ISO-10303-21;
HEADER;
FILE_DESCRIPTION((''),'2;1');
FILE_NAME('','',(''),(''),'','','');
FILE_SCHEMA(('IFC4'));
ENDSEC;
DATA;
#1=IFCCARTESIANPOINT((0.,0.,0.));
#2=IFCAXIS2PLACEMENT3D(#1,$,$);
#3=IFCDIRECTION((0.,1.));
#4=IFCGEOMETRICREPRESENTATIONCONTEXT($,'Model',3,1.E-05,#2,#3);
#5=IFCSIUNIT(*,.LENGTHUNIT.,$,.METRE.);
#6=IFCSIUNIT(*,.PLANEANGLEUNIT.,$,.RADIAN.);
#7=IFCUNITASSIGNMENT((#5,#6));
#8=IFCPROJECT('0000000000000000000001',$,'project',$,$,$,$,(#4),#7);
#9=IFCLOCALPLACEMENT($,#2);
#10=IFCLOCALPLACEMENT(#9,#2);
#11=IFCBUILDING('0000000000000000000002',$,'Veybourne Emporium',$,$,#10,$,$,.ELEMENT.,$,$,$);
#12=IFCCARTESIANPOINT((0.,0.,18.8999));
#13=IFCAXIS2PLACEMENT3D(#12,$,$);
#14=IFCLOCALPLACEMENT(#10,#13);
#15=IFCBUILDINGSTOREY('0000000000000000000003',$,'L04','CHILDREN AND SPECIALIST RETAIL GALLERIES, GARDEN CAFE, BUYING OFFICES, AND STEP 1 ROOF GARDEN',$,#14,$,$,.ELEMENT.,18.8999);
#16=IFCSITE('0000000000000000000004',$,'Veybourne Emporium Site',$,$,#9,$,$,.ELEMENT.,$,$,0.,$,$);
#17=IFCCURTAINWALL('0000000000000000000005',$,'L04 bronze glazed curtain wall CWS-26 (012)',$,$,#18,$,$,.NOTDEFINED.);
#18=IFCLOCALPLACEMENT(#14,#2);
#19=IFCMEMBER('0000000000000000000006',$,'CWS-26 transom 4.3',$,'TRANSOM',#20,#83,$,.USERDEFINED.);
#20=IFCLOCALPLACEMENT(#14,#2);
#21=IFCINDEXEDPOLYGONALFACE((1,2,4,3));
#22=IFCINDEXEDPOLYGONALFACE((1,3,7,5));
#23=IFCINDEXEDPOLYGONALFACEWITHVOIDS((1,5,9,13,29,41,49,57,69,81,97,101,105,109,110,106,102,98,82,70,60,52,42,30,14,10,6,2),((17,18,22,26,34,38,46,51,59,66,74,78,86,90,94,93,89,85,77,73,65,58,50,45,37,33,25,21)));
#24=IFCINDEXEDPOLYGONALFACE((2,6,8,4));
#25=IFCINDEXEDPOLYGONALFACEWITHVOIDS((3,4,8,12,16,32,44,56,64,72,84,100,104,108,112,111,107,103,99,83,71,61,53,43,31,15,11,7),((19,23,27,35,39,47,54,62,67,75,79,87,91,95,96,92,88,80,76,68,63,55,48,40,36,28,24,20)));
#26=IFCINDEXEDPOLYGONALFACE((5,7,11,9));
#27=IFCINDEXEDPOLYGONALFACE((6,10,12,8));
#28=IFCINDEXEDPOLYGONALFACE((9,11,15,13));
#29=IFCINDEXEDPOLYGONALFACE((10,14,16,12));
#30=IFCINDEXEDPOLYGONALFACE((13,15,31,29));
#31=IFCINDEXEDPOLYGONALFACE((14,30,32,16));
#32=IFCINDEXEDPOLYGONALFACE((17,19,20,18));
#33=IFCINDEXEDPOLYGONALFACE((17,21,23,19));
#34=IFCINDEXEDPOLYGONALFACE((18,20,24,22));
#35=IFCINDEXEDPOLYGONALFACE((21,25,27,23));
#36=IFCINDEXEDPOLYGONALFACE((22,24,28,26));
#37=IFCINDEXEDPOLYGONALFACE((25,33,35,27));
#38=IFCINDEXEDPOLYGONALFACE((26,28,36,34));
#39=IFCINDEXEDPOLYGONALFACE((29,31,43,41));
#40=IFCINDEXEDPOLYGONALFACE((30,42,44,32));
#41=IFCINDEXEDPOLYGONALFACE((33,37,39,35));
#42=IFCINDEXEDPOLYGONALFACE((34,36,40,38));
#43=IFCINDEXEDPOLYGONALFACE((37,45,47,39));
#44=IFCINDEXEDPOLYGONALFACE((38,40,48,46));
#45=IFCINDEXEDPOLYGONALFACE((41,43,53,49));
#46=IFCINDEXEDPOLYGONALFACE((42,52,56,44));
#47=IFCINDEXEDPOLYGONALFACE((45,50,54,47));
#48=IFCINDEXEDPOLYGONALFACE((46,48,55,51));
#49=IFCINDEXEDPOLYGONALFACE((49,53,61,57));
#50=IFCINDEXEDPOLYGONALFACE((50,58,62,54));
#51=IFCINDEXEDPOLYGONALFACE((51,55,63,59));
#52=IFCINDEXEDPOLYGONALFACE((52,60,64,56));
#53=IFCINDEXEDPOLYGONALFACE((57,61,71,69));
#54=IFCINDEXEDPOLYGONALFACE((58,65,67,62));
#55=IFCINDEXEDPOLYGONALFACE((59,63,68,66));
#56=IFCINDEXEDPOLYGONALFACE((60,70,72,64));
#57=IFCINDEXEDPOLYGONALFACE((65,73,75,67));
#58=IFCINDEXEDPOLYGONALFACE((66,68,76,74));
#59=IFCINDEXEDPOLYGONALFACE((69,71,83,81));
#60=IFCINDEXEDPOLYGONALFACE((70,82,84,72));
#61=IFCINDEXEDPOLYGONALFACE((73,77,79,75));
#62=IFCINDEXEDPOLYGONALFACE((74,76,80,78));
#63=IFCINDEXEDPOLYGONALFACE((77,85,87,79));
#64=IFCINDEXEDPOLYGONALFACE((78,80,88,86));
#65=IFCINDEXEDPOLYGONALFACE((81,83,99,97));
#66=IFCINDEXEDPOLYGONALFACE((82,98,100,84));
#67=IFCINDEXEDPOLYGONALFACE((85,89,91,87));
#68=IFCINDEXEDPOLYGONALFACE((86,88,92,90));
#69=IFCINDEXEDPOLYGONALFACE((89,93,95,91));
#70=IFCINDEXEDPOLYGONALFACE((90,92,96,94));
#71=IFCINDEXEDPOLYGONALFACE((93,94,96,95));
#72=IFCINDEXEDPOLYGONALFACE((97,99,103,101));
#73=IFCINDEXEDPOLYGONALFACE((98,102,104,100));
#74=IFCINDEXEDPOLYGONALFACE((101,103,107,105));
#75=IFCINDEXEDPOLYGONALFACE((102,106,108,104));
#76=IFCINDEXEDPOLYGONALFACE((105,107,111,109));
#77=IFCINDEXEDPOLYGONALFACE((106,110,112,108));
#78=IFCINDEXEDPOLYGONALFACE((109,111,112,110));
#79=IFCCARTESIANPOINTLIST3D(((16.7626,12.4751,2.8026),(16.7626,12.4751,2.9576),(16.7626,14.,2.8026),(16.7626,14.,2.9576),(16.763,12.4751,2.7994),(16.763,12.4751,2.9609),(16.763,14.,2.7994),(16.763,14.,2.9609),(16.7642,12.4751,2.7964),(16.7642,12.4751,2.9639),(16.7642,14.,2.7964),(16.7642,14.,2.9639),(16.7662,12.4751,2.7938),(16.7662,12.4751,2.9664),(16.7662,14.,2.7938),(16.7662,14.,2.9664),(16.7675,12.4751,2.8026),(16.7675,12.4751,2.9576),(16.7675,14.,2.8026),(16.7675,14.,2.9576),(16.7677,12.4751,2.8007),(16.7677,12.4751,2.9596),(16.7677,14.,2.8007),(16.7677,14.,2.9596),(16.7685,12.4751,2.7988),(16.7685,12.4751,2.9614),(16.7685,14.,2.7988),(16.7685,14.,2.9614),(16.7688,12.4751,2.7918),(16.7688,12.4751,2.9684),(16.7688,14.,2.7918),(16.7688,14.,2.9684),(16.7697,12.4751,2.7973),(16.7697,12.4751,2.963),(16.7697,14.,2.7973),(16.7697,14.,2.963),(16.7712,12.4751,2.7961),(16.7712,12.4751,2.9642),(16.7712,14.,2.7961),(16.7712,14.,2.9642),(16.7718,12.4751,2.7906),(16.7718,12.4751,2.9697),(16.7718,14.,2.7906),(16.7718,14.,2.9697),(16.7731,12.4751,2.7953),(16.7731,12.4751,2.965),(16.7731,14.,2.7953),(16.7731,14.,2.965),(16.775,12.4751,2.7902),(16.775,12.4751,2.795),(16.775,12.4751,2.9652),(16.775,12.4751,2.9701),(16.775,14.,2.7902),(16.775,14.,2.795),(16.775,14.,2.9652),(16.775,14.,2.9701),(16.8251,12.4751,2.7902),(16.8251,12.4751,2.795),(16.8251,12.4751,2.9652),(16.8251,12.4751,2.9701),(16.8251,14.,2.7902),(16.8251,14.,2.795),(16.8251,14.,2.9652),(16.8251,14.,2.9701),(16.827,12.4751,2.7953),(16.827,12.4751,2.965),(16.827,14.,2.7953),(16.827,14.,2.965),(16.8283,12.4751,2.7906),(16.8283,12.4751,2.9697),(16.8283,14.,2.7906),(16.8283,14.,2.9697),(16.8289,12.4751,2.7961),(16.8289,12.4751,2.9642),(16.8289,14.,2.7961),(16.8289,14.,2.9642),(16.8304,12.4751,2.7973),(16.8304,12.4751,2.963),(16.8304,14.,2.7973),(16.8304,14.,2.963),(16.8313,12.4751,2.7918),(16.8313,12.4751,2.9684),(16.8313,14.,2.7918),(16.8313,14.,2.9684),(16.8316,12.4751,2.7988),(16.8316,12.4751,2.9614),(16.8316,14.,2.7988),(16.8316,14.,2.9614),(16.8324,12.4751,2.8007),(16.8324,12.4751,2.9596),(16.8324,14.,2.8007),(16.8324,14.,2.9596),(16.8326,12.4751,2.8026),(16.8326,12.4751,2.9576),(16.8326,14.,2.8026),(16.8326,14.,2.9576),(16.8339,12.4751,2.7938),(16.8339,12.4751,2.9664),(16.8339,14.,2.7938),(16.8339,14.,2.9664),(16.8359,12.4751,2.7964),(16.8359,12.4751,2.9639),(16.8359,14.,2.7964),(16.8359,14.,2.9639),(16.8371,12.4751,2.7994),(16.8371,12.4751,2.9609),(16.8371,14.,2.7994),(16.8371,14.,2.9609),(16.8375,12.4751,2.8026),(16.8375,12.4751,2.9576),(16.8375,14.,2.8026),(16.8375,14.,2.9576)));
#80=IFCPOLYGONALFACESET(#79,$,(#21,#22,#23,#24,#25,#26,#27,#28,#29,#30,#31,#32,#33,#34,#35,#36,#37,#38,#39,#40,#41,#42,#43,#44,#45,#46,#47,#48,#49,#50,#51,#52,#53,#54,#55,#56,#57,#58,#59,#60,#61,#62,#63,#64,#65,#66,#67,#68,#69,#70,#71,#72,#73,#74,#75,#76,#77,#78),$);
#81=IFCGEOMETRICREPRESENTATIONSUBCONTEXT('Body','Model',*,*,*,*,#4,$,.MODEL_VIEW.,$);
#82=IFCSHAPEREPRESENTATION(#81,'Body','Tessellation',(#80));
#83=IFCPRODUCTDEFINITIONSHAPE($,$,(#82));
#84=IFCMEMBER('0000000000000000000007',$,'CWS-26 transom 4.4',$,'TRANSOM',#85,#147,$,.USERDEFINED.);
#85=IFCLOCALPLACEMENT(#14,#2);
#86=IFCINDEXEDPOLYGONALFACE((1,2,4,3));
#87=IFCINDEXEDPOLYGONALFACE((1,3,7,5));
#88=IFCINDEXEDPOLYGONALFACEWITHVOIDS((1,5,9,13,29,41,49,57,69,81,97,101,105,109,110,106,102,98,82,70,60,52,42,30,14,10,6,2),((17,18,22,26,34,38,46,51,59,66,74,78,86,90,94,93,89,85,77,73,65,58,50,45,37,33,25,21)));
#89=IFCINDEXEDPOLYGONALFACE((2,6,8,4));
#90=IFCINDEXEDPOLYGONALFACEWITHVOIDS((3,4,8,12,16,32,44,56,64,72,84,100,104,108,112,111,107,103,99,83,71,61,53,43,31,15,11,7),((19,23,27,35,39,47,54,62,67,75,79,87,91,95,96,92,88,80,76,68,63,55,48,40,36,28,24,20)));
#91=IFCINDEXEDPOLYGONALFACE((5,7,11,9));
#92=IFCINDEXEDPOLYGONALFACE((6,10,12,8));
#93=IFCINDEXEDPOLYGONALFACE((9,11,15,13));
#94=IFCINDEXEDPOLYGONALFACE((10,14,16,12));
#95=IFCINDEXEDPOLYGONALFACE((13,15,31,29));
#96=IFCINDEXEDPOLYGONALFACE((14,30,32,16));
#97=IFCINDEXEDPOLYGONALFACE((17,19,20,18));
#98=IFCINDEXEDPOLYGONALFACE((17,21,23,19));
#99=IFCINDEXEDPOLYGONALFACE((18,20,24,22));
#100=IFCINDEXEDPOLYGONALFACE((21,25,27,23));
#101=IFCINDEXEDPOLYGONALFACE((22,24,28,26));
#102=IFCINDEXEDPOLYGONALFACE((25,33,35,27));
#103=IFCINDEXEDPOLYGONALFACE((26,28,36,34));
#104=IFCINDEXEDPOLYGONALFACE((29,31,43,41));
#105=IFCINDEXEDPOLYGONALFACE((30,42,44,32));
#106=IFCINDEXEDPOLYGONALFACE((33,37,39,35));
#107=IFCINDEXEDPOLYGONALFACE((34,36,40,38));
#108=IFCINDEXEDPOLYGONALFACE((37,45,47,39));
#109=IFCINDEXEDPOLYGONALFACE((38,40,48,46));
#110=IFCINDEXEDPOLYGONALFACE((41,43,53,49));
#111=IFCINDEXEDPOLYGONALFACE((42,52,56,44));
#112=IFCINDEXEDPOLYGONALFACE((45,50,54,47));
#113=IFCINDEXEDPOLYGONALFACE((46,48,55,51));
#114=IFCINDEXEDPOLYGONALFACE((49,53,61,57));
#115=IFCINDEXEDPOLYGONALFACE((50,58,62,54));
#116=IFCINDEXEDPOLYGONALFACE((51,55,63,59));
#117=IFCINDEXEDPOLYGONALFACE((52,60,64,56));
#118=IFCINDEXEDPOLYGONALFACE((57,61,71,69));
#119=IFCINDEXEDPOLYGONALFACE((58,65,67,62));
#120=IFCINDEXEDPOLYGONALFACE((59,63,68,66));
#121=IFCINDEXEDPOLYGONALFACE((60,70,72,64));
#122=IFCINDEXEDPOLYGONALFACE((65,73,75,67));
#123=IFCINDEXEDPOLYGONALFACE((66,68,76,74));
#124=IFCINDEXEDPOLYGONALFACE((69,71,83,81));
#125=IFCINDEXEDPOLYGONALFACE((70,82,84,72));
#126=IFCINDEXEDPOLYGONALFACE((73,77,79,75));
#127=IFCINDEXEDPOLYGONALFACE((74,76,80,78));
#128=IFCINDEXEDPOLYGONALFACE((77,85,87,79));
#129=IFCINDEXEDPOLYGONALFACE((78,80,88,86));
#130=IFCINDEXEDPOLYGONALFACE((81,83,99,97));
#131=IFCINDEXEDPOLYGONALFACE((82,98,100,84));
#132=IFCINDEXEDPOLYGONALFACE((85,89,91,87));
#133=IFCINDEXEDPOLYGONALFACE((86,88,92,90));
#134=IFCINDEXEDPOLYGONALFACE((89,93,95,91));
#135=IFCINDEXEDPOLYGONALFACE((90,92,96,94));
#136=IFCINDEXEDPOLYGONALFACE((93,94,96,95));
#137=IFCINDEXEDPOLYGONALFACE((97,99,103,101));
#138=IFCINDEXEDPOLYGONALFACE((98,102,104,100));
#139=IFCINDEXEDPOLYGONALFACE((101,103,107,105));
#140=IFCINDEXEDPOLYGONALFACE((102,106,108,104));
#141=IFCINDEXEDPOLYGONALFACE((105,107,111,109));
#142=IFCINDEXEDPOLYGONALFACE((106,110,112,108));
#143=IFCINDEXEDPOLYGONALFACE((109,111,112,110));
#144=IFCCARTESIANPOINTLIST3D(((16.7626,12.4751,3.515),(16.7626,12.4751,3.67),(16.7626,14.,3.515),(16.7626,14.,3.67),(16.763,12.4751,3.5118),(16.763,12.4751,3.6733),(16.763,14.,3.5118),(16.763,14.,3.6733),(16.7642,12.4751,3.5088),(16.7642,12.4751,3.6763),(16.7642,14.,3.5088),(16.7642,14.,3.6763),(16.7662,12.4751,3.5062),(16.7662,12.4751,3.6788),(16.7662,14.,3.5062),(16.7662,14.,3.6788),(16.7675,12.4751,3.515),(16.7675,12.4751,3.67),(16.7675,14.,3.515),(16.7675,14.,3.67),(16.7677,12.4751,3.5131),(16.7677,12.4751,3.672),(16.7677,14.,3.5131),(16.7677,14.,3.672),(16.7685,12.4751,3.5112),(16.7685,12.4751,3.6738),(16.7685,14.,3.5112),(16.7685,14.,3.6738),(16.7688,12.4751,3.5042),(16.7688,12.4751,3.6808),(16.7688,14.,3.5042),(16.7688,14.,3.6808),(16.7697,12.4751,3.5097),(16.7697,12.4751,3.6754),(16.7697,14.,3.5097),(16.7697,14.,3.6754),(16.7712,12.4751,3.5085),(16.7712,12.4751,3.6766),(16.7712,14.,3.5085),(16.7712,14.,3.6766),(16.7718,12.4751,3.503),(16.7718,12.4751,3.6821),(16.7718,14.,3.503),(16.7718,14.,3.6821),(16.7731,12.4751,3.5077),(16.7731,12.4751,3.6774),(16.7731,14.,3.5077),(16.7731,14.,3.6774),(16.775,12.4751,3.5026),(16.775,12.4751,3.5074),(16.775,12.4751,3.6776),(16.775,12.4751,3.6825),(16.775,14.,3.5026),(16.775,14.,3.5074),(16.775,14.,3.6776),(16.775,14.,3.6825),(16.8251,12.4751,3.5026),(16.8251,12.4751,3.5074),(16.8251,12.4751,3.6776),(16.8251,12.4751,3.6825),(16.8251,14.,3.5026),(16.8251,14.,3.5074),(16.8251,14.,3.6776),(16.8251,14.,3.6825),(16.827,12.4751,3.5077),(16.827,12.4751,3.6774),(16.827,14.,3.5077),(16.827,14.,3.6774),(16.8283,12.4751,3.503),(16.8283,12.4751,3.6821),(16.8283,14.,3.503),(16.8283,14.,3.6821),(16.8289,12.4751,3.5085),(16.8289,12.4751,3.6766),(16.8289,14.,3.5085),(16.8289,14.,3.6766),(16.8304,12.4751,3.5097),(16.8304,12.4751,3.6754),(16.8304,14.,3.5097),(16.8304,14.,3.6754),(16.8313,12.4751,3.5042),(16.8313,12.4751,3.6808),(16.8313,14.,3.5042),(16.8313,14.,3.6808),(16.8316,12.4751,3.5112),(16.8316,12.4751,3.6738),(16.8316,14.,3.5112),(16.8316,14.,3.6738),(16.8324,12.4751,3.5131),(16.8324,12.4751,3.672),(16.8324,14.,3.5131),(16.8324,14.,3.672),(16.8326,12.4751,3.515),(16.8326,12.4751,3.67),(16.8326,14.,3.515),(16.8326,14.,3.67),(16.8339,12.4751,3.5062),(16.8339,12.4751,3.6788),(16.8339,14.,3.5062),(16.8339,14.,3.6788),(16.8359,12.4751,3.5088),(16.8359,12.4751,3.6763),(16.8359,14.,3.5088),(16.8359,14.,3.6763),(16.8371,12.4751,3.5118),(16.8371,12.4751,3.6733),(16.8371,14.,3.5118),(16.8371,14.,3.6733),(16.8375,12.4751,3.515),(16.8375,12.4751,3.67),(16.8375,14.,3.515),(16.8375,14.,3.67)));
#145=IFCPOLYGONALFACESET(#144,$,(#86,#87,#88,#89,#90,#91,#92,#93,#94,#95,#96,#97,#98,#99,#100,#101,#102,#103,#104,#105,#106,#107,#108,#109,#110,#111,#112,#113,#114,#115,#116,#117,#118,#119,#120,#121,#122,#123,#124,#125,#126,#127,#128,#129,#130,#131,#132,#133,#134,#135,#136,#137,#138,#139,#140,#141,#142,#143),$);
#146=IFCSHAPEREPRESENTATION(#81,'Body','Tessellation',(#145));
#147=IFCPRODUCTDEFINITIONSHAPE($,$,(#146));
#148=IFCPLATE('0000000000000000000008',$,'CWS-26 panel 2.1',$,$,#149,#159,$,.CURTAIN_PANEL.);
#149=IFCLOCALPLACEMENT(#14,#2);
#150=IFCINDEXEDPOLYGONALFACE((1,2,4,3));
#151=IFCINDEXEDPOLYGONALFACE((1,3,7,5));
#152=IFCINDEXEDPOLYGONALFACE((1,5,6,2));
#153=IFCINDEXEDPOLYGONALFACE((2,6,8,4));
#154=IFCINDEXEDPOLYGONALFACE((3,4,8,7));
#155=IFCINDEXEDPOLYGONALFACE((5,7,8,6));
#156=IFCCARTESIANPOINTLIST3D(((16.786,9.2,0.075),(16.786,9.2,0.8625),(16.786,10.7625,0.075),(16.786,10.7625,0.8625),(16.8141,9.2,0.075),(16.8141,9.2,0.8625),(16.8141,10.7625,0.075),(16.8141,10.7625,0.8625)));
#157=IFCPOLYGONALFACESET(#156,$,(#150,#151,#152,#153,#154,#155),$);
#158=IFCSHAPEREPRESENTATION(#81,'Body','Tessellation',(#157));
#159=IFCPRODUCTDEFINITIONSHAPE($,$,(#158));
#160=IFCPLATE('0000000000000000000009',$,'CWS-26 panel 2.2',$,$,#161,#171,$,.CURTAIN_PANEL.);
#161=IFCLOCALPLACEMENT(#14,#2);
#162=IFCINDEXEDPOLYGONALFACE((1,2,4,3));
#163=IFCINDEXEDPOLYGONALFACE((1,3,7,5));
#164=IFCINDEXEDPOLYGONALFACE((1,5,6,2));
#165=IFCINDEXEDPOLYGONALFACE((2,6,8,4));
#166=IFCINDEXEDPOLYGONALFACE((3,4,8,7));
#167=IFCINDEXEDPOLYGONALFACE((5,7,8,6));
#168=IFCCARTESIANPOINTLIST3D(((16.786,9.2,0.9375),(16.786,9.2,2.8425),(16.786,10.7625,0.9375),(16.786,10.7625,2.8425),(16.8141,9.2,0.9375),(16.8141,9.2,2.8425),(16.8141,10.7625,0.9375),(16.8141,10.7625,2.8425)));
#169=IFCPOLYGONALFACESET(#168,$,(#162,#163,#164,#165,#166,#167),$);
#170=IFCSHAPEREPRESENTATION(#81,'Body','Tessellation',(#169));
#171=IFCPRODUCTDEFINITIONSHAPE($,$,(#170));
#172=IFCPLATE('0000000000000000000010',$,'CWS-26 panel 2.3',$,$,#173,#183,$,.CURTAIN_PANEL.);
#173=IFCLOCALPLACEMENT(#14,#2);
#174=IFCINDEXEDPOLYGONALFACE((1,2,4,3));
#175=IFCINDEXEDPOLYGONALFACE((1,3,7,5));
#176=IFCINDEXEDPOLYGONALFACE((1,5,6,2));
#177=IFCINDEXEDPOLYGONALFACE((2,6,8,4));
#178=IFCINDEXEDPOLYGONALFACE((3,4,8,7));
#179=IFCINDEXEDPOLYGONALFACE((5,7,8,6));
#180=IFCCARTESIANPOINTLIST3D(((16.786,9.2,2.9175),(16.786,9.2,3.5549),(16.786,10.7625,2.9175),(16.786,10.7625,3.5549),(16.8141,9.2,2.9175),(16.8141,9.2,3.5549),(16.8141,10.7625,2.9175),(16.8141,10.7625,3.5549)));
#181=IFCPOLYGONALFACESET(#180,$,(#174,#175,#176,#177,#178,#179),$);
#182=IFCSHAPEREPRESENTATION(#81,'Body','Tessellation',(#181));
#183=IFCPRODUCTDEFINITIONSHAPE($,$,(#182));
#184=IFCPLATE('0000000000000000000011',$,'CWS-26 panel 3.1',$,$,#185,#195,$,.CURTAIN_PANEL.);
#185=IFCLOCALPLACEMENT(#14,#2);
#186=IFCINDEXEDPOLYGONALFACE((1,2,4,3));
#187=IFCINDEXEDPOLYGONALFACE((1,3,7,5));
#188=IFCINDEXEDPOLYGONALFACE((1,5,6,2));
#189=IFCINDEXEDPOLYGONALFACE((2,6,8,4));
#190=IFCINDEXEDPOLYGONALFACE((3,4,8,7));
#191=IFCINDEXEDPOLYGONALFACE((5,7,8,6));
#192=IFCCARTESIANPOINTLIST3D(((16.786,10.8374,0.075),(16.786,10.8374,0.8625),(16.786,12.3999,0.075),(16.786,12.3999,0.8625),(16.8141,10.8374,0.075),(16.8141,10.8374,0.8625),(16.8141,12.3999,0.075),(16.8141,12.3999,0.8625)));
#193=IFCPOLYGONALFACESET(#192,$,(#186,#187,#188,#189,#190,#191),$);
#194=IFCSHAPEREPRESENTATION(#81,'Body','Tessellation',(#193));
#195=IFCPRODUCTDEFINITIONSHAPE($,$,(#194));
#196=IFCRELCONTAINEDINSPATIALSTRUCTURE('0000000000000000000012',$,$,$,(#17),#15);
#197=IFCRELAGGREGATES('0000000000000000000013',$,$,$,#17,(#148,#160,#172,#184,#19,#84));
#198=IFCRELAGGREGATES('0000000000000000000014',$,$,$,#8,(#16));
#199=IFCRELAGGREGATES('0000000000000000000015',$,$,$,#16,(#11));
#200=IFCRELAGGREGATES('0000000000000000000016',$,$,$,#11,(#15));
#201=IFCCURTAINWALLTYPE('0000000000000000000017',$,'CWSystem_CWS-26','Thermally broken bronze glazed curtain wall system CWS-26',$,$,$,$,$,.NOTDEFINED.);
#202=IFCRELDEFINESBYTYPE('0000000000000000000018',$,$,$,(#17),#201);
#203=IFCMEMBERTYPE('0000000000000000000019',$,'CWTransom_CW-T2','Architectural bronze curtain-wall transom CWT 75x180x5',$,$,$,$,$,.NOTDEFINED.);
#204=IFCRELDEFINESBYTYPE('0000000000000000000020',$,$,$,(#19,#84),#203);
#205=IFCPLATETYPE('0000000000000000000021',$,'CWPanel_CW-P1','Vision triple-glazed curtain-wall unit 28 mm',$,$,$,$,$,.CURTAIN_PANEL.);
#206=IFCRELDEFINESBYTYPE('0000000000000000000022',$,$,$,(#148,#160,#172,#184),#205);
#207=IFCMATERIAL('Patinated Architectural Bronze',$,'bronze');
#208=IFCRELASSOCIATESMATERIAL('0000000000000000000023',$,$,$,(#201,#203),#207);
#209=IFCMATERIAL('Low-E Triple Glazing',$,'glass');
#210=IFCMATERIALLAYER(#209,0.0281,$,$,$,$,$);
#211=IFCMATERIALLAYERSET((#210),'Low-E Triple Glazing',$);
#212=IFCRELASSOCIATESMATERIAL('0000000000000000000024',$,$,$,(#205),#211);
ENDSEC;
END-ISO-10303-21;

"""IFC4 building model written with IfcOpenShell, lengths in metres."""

from ifc_helpers import new_model, si_unit, direction, frame, origin, origin_2d, place, context, subcontext, project, spatial, rectangle, hollow_rectangle, extrude, material, layer, layer_set, material_profile, profile_set, type_object, element, aggregate, save


model = new_model("IFC4")

# Units and contexts
model_context = context("Model", 3, precision=1e-05, world=origin(), true_north=direction((0.0, 1.0)))
body_context = subcontext(model_context, "Body", "Model", "MODEL_VIEW")
ifc_project = project(units=[si_unit("LENGTHUNIT", "METRE"), si_unit("PLANEANGLEUNIT", "RADIAN")], contexts=[model_context])

# Site, building, storey
site_placement = place(None, origin())
site = spatial("IfcSite", under=ifc_project, at=site_placement, Name="Veybourne Emporium Site", CompositionType="ELEMENT", RefElevation=0.0)
building_placement = place(site_placement, origin())
building = spatial("IfcBuilding", under=site, at=building_placement, Name="Veybourne Emporium", CompositionType="ELEMENT")
storey_placement = place(building_placement, frame((0.0, 0.0, 18.8999)))
storey = spatial("IfcBuildingStorey", under=building, at=storey_placement, Name="L04", Description="CHILDREN AND SPECIALIST RETAIL GALLERIES, GARDEN CAFE, BUYING OFFICES, AND STEP 1 ROOF GARDEN", CompositionType="ELEMENT", Elevation=18.8999)

# Curtain wall, members, plates
ifc_material_1 = material(Name="Patinated Architectural Bronze", Category="bronze")
curtain_wall_type = type_object("IfcCurtainWallType", Name="CWSystem_CWS-26", Description="Thermally broken bronze glazed curtain wall system CWS-26", PredefinedType="NOTDEFINED", material=ifc_material_1)
curtain_wall_placement = place(storey_placement, origin())
curtain_wall = element("IfcCurtainWall", 1, at=curtain_wall_placement, inside=storey, type_object=curtain_wall_type, Name="L04 bronze glazed curtain wall CWS-26 (012)", PredefinedType="NOTDEFINED")
ifc_material_profile_1 = material_profile(ifc_material_1, hollow_rectangle(XDim=0.075, YDim=0.1799, WallThickness=0.0049, InnerFilletRadius=0.0076, OuterFilletRadius=0.0125, at=origin_2d()), Name="CWT 75x180x5")
ifc_profile_set_1 = profile_set([ifc_material_profile_1], Name="Patinated Architectural Bronze")
member_type_1 = type_object("IfcMemberType", Name="CWTransom_CW-T2", Description="Architectural bronze curtain-wall transom CWT 75x180x5", PredefinedType="NOTDEFINED", material=ifc_profile_set_1)
member_1_placement = place(storey_placement, frame((16.8, 12.4751, 2.8801), z_axis=(0.0, 1.0, 0.0), x_axis=(-1.0, 0.0, 0.0)))
member_1 = element("IfcMember", 2, at=member_1_placement, type_object=member_type_1, Name="CWS-26 transom 4.3", ObjectType="TRANSOM", PredefinedType="USERDEFINED", context=body_context, shape_type="SweptSolid", body=[
    extrude(hollow_rectangle(XDim=0.075, YDim=0.1799, WallThickness=0.0049, InnerFilletRadius=0.0076, OuterFilletRadius=0.0125, at=origin_2d()), origin(), (0.0, 0.0, 1.0), 1.5249),
])
member_2_placement = place(storey_placement, frame((16.8, 12.4751, 3.5925), z_axis=(0.0, 1.0, 0.0), x_axis=(-1.0, 0.0, 0.0)))
member_2 = element("IfcMember", 3, at=member_2_placement, type_object=member_type_1, Name="CWS-26 transom 4.4", ObjectType="TRANSOM", PredefinedType="USERDEFINED", context=body_context, shape_type="SweptSolid", body=[
    extrude(hollow_rectangle(XDim=0.075, YDim=0.1799, WallThickness=0.0049, InnerFilletRadius=0.0076, OuterFilletRadius=0.0125, at=origin_2d()), origin(), (0.0, 0.0, 1.0), 1.5249),
])
ifc_material_2 = material(Name="Low-E Triple Glazing", Category="glass")
ifc_layer_1 = layer(ifc_material_2, 0.0281)
ifc_layer_set_1 = layer_set([ifc_layer_1], Name="Low-E Triple Glazing")
plate_type = type_object("IfcPlateType", Name="CWPanel_CW-P1", Description="Vision triple-glazed curtain-wall unit 28 mm", PredefinedType="CURTAIN_PANEL", material=ifc_layer_set_1)
plate_1_placement = place(storey_placement, frame((16.8, 9.9812, 0.075), z_axis=(0.0, 0.0, 1.0), x_axis=(0.0, 1.0, 0.0)))
plate_1 = element("IfcPlate", 4, at=plate_1_placement, type_object=plate_type, Name="CWS-26 panel 2.1", PredefinedType="CURTAIN_PANEL", context=body_context, shape_type="SweptSolid", body=[
    extrude(rectangle(XDim=1.5625, YDim=0.0281, at=origin_2d()), origin(), (0.0, 0.0, 1.0), 0.7876),
])
plate_2_placement = place(storey_placement, frame((16.8, 9.9812, 0.9375), z_axis=(0.0, 0.0, 1.0), x_axis=(0.0, 1.0, 0.0)))
plate_2 = element("IfcPlate", 5, at=plate_2_placement, type_object=plate_type, Name="CWS-26 panel 2.2", PredefinedType="CURTAIN_PANEL", context=body_context, shape_type="SweptSolid", body=[
    extrude(rectangle(XDim=1.5625, YDim=0.0281, at=origin_2d()), origin(), (0.0, 0.0, 1.0), 1.905),
])
plate_3_placement = place(storey_placement, frame((16.8, 9.9812, 2.9175), z_axis=(0.0, 0.0, 1.0), x_axis=(0.0, 1.0, 0.0)))
plate_3 = element("IfcPlate", 6, at=plate_3_placement, type_object=plate_type, Name="CWS-26 panel 2.3", PredefinedType="CURTAIN_PANEL", context=body_context, shape_type="SweptSolid", body=[
    extrude(rectangle(XDim=1.5625, YDim=0.0281, at=origin_2d()), origin(), (0.0, 0.0, 1.0), 0.6375),
])
plate_4_placement = place(storey_placement, frame((16.8, 11.6187, 0.075), z_axis=(0.0, 0.0, 1.0), x_axis=(0.0, 1.0, 0.0)))
plate_4 = element("IfcPlate", 7, at=plate_4_placement, type_object=plate_type, Name="CWS-26 panel 3.1", PredefinedType="CURTAIN_PANEL", context=body_context, shape_type="SweptSolid", body=[
    extrude(rectangle(XDim=1.5625, YDim=0.0281, at=origin_2d()), origin(), (0.0, 0.0, 1.0), 0.7876),
])
aggregate(curtain_wall, [plate_1, plate_2, plate_3, plate_4, member_1, member_2])

save(model, "model.ifc")
